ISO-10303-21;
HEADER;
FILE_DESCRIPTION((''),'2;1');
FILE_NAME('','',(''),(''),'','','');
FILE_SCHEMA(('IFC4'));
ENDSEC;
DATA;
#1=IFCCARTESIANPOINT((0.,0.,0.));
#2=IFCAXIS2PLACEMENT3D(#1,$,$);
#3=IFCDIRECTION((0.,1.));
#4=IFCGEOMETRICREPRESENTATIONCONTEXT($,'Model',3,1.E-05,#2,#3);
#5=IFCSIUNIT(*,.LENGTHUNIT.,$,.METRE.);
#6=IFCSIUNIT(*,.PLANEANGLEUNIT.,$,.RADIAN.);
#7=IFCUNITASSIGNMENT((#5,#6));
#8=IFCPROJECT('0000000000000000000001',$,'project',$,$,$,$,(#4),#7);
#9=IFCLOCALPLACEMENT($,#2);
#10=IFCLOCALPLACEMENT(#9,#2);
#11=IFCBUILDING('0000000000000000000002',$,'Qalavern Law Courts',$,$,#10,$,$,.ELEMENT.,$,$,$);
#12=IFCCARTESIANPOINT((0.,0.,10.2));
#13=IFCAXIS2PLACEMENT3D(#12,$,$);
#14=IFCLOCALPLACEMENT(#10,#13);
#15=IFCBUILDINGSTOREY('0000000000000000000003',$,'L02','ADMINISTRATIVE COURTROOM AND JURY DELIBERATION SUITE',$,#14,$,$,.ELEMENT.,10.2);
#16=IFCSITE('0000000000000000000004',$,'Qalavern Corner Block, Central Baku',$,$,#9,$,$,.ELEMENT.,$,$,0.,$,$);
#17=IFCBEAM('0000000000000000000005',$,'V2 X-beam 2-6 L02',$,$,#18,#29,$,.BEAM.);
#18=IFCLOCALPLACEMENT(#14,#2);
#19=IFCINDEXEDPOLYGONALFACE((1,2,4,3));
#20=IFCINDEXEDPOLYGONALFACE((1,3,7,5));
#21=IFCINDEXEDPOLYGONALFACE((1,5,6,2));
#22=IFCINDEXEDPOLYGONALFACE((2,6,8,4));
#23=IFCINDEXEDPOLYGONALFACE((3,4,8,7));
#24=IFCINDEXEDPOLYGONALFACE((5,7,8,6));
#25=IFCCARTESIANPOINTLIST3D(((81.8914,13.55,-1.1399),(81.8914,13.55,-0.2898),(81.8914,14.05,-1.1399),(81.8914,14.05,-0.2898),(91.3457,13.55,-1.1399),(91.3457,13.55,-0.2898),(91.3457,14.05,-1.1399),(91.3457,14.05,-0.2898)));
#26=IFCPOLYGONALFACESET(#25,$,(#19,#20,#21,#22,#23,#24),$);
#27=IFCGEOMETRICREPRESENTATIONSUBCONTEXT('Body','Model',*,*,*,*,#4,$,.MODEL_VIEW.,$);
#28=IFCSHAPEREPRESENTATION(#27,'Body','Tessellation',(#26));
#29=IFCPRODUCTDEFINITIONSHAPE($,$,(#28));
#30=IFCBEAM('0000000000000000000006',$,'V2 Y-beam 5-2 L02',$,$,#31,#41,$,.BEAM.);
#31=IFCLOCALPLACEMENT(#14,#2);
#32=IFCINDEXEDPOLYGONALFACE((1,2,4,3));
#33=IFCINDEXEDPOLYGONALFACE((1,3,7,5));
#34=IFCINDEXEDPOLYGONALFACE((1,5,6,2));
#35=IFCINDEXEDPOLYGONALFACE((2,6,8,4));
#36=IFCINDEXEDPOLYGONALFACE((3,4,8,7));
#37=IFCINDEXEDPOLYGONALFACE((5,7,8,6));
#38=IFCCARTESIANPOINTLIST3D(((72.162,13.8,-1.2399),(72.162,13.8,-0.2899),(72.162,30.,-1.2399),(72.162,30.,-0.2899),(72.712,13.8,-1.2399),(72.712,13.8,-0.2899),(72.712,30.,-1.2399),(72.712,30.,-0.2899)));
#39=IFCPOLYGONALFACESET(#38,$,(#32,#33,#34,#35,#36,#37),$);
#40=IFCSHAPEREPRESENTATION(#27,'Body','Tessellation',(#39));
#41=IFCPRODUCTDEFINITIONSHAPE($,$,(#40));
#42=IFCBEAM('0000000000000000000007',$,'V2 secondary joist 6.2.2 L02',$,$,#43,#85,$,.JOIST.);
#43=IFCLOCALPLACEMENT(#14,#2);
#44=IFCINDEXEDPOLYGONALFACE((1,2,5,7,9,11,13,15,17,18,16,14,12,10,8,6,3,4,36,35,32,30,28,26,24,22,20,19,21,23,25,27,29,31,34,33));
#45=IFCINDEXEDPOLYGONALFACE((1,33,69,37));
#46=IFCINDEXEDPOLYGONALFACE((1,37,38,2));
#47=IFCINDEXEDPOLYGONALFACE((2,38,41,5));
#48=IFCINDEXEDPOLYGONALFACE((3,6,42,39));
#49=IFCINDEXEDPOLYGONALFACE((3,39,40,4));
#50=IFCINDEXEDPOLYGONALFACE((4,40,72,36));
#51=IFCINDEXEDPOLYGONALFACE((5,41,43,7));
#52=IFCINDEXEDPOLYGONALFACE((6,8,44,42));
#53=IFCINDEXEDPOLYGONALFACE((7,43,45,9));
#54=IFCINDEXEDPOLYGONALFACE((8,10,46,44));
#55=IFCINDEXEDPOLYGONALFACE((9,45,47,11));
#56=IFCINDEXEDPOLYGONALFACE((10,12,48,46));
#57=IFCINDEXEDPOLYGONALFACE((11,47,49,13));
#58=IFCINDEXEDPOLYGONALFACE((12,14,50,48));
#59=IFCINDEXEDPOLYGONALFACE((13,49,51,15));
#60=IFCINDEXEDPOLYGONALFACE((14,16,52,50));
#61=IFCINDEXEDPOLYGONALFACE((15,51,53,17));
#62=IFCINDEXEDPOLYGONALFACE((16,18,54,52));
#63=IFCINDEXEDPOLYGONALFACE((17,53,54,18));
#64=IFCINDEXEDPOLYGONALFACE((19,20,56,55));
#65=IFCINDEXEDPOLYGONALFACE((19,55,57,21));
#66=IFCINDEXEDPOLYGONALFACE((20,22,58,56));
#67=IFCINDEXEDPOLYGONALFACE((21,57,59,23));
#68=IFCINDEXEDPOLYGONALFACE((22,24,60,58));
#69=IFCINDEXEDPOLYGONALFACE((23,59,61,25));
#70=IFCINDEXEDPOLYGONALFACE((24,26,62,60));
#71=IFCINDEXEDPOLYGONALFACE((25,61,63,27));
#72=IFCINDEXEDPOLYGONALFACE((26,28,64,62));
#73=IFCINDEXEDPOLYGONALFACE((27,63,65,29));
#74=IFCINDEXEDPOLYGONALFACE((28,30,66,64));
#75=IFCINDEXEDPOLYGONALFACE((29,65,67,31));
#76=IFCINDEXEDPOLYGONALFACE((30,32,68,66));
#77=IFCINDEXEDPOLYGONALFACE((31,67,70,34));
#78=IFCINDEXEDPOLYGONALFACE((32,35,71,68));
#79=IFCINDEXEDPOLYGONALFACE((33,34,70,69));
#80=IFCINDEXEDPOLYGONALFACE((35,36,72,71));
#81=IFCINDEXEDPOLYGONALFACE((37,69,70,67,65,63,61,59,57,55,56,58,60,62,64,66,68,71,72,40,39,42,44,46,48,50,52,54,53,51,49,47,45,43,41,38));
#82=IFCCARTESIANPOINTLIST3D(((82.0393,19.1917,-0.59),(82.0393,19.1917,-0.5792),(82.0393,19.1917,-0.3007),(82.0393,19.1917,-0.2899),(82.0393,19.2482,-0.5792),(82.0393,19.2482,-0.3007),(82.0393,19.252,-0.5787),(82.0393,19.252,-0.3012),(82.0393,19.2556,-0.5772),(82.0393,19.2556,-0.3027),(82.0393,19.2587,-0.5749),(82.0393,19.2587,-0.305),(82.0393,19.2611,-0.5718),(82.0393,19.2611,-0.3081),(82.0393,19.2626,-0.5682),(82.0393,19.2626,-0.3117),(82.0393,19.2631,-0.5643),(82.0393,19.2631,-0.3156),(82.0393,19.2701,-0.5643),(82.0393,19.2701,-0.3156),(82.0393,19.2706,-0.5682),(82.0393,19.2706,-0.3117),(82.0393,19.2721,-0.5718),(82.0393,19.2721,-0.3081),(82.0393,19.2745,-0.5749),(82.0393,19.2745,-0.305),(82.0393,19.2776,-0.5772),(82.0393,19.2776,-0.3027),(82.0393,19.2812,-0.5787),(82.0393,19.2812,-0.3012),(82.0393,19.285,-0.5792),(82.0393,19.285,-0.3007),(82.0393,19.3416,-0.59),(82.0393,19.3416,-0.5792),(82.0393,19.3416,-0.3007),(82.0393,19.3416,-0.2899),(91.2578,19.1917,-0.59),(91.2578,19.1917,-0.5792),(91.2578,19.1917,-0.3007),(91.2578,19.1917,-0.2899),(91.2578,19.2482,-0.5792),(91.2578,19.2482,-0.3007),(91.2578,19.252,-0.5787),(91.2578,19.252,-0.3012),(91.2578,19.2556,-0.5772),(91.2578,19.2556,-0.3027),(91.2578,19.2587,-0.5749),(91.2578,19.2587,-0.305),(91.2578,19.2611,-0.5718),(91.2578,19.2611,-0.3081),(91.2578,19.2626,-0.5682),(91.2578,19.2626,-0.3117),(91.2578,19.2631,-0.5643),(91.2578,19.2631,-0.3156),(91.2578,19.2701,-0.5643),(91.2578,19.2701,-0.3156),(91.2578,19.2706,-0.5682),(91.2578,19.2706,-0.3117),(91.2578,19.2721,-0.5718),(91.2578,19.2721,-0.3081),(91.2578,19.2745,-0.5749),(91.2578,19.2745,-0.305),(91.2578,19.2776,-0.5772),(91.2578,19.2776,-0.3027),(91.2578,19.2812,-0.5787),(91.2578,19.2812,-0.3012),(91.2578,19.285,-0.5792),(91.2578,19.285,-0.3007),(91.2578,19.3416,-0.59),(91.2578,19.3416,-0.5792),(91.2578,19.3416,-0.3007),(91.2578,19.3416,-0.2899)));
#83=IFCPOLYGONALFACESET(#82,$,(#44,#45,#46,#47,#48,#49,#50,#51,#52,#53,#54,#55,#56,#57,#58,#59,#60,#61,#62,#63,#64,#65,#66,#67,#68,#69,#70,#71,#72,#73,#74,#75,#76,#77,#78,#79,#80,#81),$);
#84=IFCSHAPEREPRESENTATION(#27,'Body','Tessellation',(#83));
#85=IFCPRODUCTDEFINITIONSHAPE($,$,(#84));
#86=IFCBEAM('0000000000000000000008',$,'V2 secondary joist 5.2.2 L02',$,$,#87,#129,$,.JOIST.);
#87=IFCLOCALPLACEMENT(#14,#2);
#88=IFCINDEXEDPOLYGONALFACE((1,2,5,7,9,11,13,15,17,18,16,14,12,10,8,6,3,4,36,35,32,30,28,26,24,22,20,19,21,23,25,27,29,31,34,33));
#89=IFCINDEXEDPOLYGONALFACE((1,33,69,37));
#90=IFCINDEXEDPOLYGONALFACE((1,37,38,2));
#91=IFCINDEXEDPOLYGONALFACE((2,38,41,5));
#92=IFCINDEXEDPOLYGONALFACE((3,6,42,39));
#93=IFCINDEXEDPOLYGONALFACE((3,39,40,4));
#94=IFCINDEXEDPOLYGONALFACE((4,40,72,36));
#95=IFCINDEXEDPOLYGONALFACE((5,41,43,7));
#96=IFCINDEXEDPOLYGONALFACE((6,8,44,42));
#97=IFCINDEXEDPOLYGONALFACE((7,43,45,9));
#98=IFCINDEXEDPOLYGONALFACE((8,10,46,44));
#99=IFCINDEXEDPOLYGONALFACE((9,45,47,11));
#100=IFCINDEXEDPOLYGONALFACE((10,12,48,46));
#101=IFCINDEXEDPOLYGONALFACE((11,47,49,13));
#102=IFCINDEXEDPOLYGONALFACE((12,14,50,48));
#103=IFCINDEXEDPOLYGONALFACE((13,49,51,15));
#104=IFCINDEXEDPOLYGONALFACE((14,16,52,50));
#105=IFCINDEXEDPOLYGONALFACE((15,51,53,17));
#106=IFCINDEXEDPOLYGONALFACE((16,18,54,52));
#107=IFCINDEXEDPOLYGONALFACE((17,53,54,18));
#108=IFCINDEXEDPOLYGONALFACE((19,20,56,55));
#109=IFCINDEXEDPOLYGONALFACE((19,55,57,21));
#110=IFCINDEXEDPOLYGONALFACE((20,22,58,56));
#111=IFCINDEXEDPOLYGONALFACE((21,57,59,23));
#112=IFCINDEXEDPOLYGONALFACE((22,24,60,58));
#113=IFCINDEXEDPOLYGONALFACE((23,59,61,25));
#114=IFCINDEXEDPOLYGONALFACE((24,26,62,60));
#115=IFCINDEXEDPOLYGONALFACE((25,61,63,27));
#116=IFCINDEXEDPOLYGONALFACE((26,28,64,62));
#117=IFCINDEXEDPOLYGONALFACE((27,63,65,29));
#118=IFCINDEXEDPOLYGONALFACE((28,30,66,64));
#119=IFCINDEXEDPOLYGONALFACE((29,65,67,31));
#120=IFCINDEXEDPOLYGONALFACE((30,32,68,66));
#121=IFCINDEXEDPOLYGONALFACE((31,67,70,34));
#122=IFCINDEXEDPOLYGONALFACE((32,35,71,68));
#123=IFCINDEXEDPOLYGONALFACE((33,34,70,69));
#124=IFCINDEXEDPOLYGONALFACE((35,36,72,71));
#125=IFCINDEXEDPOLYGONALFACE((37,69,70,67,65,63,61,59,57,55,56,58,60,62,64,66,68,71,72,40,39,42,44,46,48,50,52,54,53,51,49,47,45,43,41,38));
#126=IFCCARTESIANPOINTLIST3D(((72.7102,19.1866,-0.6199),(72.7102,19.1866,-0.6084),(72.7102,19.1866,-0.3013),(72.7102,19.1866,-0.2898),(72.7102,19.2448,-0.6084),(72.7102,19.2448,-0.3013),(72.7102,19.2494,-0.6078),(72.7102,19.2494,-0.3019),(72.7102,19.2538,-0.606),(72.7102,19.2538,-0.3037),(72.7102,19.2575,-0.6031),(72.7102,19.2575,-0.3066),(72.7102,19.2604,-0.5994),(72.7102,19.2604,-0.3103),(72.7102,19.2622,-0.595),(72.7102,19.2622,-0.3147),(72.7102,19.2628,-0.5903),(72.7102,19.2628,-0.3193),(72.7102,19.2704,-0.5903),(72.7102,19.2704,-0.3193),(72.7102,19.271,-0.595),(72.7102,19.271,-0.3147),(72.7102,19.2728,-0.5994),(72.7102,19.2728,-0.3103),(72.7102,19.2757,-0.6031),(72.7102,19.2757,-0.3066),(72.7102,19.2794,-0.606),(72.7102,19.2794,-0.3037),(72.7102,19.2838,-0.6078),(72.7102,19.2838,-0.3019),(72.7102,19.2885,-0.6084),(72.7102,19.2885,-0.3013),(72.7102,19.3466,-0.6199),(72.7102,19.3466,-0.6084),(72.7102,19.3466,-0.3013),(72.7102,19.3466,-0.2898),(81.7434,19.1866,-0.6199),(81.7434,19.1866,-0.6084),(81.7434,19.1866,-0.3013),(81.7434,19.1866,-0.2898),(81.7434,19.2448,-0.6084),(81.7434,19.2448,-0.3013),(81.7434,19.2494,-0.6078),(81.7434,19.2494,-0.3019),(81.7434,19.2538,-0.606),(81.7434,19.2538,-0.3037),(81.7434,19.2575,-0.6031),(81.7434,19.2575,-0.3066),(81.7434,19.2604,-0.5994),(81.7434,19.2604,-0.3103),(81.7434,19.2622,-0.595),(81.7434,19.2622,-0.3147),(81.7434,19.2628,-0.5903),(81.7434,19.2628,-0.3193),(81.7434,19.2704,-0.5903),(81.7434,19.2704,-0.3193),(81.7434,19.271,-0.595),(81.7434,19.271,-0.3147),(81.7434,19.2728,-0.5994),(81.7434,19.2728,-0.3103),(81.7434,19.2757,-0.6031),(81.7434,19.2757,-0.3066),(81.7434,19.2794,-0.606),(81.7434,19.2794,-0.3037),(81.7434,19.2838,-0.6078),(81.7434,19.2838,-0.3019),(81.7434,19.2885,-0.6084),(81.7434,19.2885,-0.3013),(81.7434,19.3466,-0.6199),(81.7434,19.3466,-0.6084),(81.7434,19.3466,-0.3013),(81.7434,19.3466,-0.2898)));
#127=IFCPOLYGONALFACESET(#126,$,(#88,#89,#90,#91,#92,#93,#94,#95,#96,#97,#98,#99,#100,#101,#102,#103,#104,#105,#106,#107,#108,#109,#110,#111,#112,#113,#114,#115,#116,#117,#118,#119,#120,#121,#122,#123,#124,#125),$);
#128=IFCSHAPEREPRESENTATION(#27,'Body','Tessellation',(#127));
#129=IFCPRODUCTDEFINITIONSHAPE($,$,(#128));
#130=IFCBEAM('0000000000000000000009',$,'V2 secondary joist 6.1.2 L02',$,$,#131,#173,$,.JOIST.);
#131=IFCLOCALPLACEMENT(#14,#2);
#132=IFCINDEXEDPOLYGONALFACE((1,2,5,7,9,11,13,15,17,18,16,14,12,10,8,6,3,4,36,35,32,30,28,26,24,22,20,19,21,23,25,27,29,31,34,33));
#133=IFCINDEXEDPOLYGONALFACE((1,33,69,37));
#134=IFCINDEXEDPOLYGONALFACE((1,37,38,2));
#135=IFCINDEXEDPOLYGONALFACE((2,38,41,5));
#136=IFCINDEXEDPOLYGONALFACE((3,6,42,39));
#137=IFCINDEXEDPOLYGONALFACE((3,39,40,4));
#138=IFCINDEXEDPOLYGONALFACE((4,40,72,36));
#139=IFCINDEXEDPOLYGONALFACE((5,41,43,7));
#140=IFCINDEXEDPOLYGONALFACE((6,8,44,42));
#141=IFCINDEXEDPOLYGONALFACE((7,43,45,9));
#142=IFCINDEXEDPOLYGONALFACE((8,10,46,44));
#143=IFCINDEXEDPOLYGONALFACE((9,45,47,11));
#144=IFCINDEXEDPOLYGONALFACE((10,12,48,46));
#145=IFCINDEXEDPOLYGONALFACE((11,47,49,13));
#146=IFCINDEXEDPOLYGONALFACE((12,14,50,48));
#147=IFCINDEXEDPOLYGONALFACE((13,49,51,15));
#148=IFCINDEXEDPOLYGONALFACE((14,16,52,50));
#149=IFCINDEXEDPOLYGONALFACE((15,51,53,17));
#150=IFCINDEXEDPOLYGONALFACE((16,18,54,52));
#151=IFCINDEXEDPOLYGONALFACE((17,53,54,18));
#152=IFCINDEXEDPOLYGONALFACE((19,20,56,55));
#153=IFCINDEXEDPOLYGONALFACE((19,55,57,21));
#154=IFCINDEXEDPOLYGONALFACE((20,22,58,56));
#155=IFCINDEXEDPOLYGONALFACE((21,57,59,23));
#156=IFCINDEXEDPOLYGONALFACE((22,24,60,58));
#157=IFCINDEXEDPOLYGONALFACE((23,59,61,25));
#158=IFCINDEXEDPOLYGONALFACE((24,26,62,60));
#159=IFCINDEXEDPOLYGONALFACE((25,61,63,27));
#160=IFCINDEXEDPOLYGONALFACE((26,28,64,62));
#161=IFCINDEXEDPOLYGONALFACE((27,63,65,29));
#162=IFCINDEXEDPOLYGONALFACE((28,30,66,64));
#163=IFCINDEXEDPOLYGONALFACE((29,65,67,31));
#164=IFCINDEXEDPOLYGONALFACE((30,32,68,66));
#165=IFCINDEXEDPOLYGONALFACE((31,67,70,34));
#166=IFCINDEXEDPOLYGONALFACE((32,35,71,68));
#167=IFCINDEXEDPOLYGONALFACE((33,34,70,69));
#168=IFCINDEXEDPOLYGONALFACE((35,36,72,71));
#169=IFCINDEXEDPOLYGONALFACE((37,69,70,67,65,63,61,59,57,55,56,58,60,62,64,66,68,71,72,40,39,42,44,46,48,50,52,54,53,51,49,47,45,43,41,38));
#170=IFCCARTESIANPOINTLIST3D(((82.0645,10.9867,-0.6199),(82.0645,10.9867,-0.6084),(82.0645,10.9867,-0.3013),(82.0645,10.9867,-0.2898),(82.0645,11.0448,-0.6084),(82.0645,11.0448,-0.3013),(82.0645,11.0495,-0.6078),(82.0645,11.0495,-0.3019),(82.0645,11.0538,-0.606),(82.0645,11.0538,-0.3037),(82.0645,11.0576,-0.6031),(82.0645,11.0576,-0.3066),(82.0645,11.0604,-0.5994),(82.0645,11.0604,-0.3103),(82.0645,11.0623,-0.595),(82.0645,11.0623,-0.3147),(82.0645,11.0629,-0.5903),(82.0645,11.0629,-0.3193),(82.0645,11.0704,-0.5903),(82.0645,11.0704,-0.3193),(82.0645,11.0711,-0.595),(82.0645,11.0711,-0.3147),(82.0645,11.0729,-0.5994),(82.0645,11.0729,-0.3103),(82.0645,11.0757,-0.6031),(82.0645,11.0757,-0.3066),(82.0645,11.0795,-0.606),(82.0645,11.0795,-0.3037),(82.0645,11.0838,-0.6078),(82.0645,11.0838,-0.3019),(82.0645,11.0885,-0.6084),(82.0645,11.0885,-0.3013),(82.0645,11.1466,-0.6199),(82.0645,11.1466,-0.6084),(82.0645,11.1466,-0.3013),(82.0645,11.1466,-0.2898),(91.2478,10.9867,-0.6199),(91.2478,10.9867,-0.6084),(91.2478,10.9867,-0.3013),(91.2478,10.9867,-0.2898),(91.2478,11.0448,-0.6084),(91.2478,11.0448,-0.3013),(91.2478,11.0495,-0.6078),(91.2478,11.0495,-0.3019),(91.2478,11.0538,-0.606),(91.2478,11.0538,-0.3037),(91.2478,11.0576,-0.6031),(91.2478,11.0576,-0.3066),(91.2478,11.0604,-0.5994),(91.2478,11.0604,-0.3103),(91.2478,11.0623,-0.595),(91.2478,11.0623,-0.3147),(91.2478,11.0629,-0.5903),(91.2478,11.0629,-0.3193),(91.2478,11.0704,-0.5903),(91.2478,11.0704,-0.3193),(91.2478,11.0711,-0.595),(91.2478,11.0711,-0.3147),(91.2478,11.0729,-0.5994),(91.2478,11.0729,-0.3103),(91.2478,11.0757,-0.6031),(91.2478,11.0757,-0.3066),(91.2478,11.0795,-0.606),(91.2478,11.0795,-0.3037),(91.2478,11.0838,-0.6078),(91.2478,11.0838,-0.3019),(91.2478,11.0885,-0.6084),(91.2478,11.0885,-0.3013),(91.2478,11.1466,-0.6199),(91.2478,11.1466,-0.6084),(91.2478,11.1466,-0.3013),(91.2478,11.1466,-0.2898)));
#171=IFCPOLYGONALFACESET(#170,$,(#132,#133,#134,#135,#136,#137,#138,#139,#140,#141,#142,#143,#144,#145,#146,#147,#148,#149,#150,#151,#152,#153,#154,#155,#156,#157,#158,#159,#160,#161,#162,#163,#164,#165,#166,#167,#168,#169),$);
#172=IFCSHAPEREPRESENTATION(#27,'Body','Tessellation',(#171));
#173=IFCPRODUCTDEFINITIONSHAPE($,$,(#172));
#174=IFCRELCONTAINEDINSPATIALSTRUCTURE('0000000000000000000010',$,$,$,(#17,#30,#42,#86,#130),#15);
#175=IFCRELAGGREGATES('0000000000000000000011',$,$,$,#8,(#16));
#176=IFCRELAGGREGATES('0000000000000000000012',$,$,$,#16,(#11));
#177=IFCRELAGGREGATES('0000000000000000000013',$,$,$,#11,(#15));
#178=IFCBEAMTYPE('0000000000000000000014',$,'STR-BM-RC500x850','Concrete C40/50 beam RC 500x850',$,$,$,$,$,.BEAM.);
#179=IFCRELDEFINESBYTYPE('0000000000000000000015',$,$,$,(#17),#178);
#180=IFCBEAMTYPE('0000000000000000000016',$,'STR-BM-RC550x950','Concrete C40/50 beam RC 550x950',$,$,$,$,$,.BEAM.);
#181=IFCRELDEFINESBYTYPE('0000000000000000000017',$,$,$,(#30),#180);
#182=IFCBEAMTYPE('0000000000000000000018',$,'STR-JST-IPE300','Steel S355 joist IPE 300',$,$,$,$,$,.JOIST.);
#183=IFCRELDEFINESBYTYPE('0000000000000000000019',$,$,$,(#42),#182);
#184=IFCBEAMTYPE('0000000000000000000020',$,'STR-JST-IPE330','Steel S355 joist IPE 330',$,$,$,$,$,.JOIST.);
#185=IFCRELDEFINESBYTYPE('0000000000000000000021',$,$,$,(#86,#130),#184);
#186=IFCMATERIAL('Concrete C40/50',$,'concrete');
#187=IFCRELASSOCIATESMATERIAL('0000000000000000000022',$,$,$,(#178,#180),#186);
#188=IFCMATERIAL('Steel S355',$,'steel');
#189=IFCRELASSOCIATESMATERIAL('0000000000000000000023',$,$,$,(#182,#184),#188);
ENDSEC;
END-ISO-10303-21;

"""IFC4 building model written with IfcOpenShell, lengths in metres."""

from ifc_helpers import new_model, si_unit, direction, frame, origin, origin_2d, place, context, subcontext, project, spatial, rectangle, i_section, extrude, material, material_profile, profile_set, type_object, element, save


model = new_model("IFC4")

# Units and contexts
model_context = context("Model", 3, precision=1e-05, world=origin(), true_north=direction((0.0, 1.0)))
body_context = subcontext(model_context, "Body", "Model", "MODEL_VIEW")
ifc_project = project(units=[si_unit("LENGTHUNIT", "METRE"), si_unit("PLANEANGLEUNIT", "RADIAN")], contexts=[model_context])

# Site, building, storey
site_placement = place(None, origin())
site = spatial("IfcSite", under=ifc_project, at=site_placement, Name="Qalavern Corner Block, Central Baku", CompositionType="ELEMENT", RefElevation=0.0)
building_placement = place(site_placement, origin())
building = spatial("IfcBuilding", under=site, at=building_placement, Name="Qalavern Law Courts", CompositionType="ELEMENT")
storey_placement = place(building_placement, frame((0.0, 0.0, 10.2)))
storey = spatial("IfcBuildingStorey", under=building, at=storey_placement, Name="L02", Description="ADMINISTRATIVE COURTROOM AND JURY DELIBERATION SUITE", CompositionType="ELEMENT", Elevation=10.2)

# Beams
ifc_material_1 = material(Name="Steel S355", Category="steel")
ifc_material_2 = material(Name="Concrete C40/50", Category="concrete")
ifc_material_profile_1 = material_profile(ifc_material_2, rectangle(XDim=0.5, YDim=0.8501, at=origin_2d()), Name="RC 500x850")
ifc_profile_set_1 = profile_set([ifc_material_profile_1], Name="Concrete C40/50")
beam_type_1 = type_object("IfcBeamType", Name="STR-BM-RC500x850", Description="Concrete C40/50 beam RC 500x850", PredefinedType="BEAM", material=ifc_profile_set_1)
beam_1_placement = place(storey_placement, frame((81.8914, 13.8, -0.7148), z_axis=(1.0, 0.0, 0.0), x_axis=(0.0, 1.0, 0.0)))
element("IfcBeam", 1, at=beam_1_placement, inside=storey, type_object=beam_type_1, Name="V2 X-beam 2-6 L02", PredefinedType="BEAM", context=body_context, shape_type="SweptSolid", body=[
    extrude(rectangle(XDim=0.5, YDim=0.8501, at=origin_2d()), origin(), (0.0, 0.0, 1.0), 9.4543),
])
ifc_material_profile_2 = material_profile(ifc_material_2, rectangle(XDim=0.55, YDim=0.95, at=origin_2d()), Name="RC 550x950")
ifc_profile_set_2 = profile_set([ifc_material_profile_2], Name="Concrete C40/50")
beam_type_2 = type_object("IfcBeamType", Name="STR-BM-RC550x950", Description="Concrete C40/50 beam RC 550x950", PredefinedType="BEAM", material=ifc_profile_set_2)
beam_2_placement = place(storey_placement, frame((72.437, 13.8, -0.7649), z_axis=(0.0, 1.0, 0.0), x_axis=(-1.0, 0.0, 0.0)))
element("IfcBeam", 2, at=beam_2_placement, inside=storey, type_object=beam_type_2, Name="V2 Y-beam 5-2 L02", PredefinedType="BEAM", context=body_context, shape_type="SweptSolid", body=[
    extrude(rectangle(XDim=0.55, YDim=0.95, at=origin_2d()), origin(), (0.0, 0.0, 1.0), 16.2),
])
ifc_material_profile_3 = material_profile(ifc_material_1, i_section(OverallWidth=0.1499, OverallDepth=0.3, WebThickness=0.0071, FlangeThickness=0.0107, FilletRadius=0.0149, at=origin_2d()), Name="IPE 300")
ifc_profile_set_3 = profile_set([ifc_material_profile_3], Name="Steel S355")
beam_type_3 = type_object("IfcBeamType", Name="STR-JST-IPE300", Description="Steel S355 joist IPE 300", PredefinedType="JOIST", material=ifc_profile_set_3)
beam_3_placement = place(storey_placement, frame((82.0393, 19.2666, -0.4399), z_axis=(1.0, 0.0, 0.0), x_axis=(0.0, 1.0, 0.0)))
element("IfcBeam", 3, at=beam_3_placement, inside=storey, type_object=beam_type_3, Name="V2 secondary joist 6.2.2 L02", PredefinedType="JOIST", context=body_context, shape_type="SweptSolid", body=[
    extrude(i_section(OverallWidth=0.1499, OverallDepth=0.3, WebThickness=0.0071, FlangeThickness=0.0107, FilletRadius=0.0149, at=origin_2d()), origin(), (0.0, 0.0, 1.0), 9.2185),
])
ifc_material_profile_4 = material_profile(ifc_material_1, i_section(OverallWidth=0.1599, OverallDepth=0.3301, WebThickness=0.0076, FlangeThickness=0.0115, FilletRadius=0.0181, at=origin_2d()), Name="IPE 330")
ifc_profile_set_4 = profile_set([ifc_material_profile_4], Name="Steel S355")
beam_type_4 = type_object("IfcBeamType", Name="STR-JST-IPE330", Description="Steel S355 joist IPE 330", PredefinedType="JOIST", material=ifc_profile_set_4)
beam_4_placement = place(storey_placement, frame((72.7102, 19.2666, -0.4548), z_axis=(1.0, 0.0, 0.0), x_axis=(0.0, 1.0, 0.0)))
element("IfcBeam", 4, at=beam_4_placement, inside=storey, type_object=beam_type_4, Name="V2 secondary joist 5.2.2 L02", PredefinedType="JOIST", context=body_context, shape_type="SweptSolid", body=[
    extrude(i_section(OverallWidth=0.1599, OverallDepth=0.3301, WebThickness=0.0076, FlangeThickness=0.0115, FilletRadius=0.0181, at=origin_2d()), origin(), (0.0, 0.0, 1.0), 9.0332),
])
beam_5_placement = place(storey_placement, frame((82.0645, 11.0667, -0.4548), z_axis=(1.0, 0.0, 0.0), x_axis=(0.0, 1.0, 0.0)))
element("IfcBeam", 5, at=beam_5_placement, inside=storey, type_object=beam_type_4, Name="V2 secondary joist 6.1.2 L02", PredefinedType="JOIST", context=body_context, shape_type="SweptSolid", body=[
    extrude(i_section(OverallWidth=0.1599, OverallDepth=0.3301, WebThickness=0.0076, FlangeThickness=0.0115, FilletRadius=0.0181, at=origin_2d()), origin(), (0.0, 0.0, 1.0), 9.1833),
])

save(model, "model.ifc")
